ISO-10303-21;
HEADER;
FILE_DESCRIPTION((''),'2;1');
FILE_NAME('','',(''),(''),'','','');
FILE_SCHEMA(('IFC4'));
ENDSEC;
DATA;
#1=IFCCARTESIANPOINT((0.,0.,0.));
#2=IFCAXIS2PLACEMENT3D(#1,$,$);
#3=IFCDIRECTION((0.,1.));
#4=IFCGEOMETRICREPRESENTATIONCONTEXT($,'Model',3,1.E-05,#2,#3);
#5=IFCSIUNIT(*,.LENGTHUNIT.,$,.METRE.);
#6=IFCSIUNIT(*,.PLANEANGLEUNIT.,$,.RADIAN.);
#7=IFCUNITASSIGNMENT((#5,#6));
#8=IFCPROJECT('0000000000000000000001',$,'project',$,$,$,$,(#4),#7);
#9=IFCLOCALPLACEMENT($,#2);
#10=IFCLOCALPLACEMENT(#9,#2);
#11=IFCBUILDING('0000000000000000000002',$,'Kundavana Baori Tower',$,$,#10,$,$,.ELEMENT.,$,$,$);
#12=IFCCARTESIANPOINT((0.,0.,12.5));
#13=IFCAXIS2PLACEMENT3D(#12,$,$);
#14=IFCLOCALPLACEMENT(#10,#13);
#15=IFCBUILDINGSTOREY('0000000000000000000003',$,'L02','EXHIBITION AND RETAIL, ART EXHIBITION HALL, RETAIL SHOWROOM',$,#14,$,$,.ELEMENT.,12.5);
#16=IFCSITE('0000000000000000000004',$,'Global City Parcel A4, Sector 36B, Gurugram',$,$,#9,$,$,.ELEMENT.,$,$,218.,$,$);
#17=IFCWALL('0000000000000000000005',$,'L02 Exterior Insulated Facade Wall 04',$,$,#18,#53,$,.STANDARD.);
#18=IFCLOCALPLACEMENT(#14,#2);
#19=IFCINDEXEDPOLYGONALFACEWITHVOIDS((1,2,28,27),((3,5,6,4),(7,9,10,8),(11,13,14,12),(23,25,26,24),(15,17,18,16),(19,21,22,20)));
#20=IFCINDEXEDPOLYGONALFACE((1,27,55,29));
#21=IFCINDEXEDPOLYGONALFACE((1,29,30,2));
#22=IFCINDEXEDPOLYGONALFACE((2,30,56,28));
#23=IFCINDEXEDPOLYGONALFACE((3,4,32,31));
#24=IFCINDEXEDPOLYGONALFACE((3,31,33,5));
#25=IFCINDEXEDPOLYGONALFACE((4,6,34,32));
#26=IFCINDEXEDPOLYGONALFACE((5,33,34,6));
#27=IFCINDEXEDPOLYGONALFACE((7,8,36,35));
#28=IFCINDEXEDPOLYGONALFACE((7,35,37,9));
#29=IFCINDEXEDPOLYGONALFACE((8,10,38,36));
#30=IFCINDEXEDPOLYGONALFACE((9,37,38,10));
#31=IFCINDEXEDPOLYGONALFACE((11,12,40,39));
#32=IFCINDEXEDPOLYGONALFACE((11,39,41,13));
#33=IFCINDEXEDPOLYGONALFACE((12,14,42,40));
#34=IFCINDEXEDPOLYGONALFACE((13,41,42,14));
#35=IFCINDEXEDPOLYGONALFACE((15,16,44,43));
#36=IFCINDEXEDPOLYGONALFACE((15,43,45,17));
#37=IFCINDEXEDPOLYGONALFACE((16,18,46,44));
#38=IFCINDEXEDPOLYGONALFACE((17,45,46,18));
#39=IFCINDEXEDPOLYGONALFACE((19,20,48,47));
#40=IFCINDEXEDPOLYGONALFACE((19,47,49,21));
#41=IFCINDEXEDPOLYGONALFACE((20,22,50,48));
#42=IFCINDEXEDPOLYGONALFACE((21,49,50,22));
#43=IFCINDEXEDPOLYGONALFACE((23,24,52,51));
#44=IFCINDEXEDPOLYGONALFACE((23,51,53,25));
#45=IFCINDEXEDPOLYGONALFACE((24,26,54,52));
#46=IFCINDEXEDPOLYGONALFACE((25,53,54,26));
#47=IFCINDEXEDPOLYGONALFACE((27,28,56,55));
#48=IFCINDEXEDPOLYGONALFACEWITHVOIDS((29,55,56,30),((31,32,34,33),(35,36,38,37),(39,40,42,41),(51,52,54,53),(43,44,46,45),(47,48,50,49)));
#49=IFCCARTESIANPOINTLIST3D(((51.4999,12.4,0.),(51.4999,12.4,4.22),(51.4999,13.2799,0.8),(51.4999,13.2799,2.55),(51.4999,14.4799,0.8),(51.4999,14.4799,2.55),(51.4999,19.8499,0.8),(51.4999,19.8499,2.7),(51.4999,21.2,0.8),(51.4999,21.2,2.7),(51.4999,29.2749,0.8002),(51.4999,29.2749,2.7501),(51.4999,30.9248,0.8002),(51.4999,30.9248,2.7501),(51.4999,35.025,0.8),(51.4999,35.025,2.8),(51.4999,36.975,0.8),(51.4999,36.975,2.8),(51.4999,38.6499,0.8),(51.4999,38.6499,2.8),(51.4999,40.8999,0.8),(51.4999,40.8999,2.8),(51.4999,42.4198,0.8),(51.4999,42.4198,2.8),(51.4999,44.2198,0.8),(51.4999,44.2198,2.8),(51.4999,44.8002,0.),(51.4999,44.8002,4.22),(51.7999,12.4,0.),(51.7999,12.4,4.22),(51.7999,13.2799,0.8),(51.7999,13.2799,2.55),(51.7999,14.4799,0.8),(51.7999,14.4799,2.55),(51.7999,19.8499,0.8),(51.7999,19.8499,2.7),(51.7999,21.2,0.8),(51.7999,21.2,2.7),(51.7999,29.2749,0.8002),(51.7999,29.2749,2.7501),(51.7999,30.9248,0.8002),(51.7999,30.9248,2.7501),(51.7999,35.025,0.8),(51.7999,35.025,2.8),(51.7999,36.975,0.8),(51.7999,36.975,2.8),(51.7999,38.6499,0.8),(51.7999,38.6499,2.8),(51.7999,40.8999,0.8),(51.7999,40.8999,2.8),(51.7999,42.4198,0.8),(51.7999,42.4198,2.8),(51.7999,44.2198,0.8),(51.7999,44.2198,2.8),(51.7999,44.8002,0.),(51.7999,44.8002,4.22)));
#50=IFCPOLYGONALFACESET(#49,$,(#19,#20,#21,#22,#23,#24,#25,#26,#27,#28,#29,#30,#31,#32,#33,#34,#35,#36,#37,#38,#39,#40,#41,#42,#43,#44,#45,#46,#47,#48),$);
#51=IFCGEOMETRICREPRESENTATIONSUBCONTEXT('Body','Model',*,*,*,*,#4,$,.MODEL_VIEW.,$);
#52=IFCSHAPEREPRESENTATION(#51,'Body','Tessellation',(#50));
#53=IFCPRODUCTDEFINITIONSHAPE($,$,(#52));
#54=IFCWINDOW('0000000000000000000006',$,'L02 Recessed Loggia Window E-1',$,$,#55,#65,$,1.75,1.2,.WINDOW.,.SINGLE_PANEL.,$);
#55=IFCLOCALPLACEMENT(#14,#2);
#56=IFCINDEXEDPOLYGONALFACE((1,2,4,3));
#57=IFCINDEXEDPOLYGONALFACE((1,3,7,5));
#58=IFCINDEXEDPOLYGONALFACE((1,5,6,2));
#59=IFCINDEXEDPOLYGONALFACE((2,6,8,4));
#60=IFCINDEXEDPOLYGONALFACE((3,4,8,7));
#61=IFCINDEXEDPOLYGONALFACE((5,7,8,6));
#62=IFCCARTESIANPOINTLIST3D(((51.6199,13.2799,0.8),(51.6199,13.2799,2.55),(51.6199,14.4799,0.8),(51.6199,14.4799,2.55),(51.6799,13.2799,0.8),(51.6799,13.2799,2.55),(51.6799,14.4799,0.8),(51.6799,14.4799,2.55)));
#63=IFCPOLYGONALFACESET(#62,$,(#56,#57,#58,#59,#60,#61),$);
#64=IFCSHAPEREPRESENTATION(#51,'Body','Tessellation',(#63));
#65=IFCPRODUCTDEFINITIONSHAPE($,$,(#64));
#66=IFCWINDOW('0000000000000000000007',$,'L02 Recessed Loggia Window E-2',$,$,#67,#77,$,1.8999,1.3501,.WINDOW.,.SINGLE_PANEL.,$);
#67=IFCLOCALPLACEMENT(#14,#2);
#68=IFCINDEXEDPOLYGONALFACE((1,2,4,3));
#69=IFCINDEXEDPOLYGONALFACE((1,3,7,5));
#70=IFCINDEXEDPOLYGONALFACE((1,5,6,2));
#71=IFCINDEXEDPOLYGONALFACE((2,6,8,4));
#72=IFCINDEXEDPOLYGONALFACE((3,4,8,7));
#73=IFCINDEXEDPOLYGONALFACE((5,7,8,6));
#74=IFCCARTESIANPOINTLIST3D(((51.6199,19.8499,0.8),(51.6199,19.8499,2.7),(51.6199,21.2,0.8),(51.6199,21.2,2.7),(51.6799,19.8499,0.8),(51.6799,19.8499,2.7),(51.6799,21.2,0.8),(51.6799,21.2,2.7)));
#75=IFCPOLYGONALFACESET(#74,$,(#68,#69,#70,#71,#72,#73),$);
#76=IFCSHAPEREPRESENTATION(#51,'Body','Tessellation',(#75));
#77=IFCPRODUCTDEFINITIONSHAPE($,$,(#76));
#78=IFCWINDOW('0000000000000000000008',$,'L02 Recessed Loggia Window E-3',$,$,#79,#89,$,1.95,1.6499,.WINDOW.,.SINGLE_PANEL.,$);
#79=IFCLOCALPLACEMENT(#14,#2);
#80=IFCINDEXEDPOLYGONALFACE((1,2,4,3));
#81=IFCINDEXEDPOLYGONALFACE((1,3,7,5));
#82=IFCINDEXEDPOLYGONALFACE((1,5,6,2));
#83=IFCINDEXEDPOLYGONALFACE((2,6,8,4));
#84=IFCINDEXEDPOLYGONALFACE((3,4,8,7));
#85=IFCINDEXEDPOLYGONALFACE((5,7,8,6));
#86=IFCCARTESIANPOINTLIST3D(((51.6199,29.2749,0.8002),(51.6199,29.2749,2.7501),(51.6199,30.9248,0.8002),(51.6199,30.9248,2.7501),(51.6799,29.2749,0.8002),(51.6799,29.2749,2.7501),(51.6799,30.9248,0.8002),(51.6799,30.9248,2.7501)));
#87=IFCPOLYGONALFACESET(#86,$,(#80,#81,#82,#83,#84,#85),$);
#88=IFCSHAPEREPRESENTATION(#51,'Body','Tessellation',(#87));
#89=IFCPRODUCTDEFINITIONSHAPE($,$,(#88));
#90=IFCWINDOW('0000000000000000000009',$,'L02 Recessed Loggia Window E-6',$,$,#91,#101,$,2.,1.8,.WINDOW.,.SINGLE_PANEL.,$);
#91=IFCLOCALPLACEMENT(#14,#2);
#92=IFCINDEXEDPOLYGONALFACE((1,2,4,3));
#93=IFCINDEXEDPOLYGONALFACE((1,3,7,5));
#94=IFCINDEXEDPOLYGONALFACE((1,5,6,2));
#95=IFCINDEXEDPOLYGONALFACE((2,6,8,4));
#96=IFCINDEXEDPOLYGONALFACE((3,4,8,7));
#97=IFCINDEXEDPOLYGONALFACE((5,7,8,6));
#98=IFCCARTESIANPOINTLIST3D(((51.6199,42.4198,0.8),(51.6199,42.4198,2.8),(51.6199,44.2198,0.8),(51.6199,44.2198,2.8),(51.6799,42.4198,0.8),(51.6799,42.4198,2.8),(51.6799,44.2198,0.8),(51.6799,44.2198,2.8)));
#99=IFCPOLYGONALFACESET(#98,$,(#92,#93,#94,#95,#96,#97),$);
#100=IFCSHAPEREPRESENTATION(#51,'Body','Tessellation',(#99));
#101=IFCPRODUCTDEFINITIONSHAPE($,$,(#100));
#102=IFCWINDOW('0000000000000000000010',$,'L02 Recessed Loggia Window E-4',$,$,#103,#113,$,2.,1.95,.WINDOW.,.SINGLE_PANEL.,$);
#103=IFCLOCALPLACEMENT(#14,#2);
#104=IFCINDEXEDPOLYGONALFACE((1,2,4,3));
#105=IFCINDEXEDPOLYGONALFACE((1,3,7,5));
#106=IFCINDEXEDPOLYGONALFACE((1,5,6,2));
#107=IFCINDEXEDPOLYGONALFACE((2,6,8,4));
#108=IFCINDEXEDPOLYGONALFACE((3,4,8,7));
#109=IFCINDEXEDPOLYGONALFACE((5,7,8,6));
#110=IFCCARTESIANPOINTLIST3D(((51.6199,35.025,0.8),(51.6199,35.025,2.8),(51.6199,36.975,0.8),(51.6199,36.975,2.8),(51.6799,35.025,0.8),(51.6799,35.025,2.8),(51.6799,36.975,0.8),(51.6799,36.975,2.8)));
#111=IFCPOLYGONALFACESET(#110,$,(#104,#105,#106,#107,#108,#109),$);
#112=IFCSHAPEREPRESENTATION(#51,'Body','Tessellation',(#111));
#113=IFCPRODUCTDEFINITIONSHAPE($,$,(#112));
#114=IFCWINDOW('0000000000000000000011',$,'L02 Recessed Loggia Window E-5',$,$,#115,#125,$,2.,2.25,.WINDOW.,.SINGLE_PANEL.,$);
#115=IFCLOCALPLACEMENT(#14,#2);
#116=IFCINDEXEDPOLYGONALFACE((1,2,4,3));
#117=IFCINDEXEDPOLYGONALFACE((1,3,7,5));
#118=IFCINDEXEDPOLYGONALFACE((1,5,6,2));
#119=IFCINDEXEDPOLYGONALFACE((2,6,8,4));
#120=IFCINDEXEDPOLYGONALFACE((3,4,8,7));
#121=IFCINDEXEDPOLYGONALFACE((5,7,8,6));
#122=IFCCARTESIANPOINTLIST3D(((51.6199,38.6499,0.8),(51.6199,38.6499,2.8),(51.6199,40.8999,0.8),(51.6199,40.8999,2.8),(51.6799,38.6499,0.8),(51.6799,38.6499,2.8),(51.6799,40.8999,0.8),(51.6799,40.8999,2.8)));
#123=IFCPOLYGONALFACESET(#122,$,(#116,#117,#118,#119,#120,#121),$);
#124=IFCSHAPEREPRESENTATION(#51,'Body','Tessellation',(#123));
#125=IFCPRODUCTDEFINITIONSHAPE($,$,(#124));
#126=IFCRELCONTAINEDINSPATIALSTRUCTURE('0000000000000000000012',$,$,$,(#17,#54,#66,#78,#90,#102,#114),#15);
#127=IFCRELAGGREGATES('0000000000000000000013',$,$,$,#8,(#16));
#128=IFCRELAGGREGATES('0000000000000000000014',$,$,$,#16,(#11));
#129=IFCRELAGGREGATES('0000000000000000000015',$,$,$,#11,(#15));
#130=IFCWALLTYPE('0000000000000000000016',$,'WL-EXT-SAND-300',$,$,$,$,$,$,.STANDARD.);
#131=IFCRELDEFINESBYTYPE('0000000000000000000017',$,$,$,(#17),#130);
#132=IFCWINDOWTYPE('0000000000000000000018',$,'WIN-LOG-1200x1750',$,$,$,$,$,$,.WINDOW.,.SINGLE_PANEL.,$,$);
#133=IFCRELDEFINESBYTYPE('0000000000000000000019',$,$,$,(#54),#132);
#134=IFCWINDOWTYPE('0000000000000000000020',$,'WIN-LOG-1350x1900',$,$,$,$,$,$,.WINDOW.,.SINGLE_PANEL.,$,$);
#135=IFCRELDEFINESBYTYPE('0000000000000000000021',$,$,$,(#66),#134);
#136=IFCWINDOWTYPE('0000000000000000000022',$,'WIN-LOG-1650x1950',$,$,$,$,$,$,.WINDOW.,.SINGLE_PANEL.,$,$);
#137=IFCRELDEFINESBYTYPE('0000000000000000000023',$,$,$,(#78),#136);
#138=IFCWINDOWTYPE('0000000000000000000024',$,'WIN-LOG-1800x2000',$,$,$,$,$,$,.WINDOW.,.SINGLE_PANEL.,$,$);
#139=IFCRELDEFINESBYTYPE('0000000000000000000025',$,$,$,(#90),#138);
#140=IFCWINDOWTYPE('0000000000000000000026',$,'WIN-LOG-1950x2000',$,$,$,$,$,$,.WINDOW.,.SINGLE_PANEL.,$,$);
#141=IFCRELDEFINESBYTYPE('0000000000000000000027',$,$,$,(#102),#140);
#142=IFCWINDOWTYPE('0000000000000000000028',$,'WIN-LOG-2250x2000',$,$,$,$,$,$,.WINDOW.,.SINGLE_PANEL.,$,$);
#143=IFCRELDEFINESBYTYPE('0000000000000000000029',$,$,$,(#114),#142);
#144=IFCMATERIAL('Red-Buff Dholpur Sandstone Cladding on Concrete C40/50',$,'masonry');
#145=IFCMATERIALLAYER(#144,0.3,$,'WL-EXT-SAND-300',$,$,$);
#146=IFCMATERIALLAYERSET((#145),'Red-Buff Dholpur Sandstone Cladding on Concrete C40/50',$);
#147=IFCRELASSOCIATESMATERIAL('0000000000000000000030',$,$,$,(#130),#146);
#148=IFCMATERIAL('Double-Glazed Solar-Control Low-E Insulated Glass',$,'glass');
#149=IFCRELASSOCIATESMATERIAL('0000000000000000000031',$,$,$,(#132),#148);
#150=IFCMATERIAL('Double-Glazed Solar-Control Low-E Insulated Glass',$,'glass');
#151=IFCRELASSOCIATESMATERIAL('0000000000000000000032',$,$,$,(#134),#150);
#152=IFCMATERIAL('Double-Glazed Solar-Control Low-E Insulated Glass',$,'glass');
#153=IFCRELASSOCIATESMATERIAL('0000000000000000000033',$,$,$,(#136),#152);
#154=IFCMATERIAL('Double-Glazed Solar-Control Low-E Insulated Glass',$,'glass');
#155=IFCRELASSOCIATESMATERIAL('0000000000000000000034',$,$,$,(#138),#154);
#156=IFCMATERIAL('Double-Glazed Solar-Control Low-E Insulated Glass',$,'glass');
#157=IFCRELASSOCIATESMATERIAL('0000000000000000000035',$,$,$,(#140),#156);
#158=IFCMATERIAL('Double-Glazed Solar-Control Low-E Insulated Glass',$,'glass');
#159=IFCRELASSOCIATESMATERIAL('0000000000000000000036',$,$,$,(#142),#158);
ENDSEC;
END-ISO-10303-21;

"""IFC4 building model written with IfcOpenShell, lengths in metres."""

from ifc_helpers import new_model, si_unit, direction, frame, frame_2d, origin, place, context, subcontext, project, spatial, rectangle, extrude, material, layer, layer_set, type_object, element, fill, save


model = new_model("IFC4")

# Units and contexts
model_context = context("Model", 3, precision=1e-05, world=origin(), true_north=direction((0.0, 1.0)))
body_context = subcontext(model_context, "Body", "Model", "MODEL_VIEW")
ifc_project = project(units=[si_unit("LENGTHUNIT", "METRE"), si_unit("PLANEANGLEUNIT", "RADIAN")], contexts=[model_context])

# Site, building, storey
site_placement = place(None, origin())
site = spatial("IfcSite", under=ifc_project, at=site_placement, Name="Global City Parcel A4, Sector 36B, Gurugram", CompositionType="ELEMENT", RefElevation=218.0)
building_placement = place(site_placement, origin())
building = spatial("IfcBuilding", under=site, at=building_placement, Name="Kundavana Baori Tower", CompositionType="ELEMENT")
storey_placement = place(building_placement, frame((0.0, 0.0, 12.5)))
storey = spatial("IfcBuildingStorey", under=building, at=storey_placement, Name="L02", Description="EXHIBITION AND RETAIL, ART EXHIBITION HALL, RETAIL SHOWROOM", CompositionType="ELEMENT", Elevation=12.5)

# Shared definitions
ifc_material_1 = material(Name="Red-Buff Dholpur Sandstone Cladding on Concrete C40/50", Category="masonry")
ifc_layer_1 = layer(ifc_material_1, 0.3, Name="WL-EXT-SAND-300")
ifc_layer_set_1 = layer_set([ifc_layer_1], Name="Red-Buff Dholpur Sandstone Cladding on Concrete C40/50")
wall_type_1 = type_object("IfcWallType", Name="WL-EXT-SAND-300", PredefinedType="STANDARD", material=ifc_layer_set_1)

# Wall, openings, windows
wall_1_placement = place(storey_placement, frame((51.6499, 12.3999, 0.0), z_axis=(0.0, 0.0, 1.0), x_axis=(0.0, 1.0, 0.0)))
wall_1 = element("IfcWall", 1, at=wall_1_placement, inside=storey, type_object=wall_type_1, Name="L02 Exterior Insulated Facade Wall 04", PredefinedType="STANDARD", context=body_context, shape_type="SweptSolid", body=[
    extrude(rectangle(XDim=32.4001, YDim=0.3, at=frame_2d((16.2002, 0.0))), origin(), (0.0, 0.0, 1.0), 4.22),
])
opening_1_placement = place(wall_1_placement, frame((0.8799, 0.0, 0.8)))
opening_1 = element("IfcOpeningElement", 2, at=opening_1_placement, cuts=wall_1, PredefinedType="OPENING", context=body_context, shape_type="SweptSolid", body=[
    extrude(rectangle(XDim=1.2, YDim=1.75, at=frame_2d((0.6001, 0.875))), frame((0.0, 0.1602, 0.0), z_axis=(0.0, -1.0, 0.0), x_axis=(1.0, 0.0, 0.0)), (0.0, 0.0, 1.0), 0.3201),
])
opening_2_placement = place(wall_1_placement, frame((7.45, 0.0, 0.8)))
opening_2 = element("IfcOpeningElement", 3, at=opening_2_placement, cuts=wall_1, PredefinedType="OPENING", context=body_context, shape_type="SweptSolid", body=[
    extrude(rectangle(XDim=1.3501, YDim=1.8999, at=frame_2d((0.675, 0.95))), frame((0.0, 0.1602, 0.0), z_axis=(0.0, -1.0, 0.0), x_axis=(1.0, 0.0, 0.0)), (0.0, 0.0, 1.0), 0.3201),
])
opening_3_placement = place(wall_1_placement, frame((16.875, 0.0, 0.8)))
opening_3 = element("IfcOpeningElement", 4, at=opening_3_placement, cuts=wall_1, PredefinedType="OPENING", context=body_context, shape_type="SweptSolid", body=[
    extrude(rectangle(XDim=1.6499, YDim=1.95, at=frame_2d((0.825, 0.9751))), frame((0.0, 0.1602, 0.0), z_axis=(0.0, -1.0, 0.0), x_axis=(1.0, 0.0, 0.0)), (0.0, 0.0, 1.0), 0.3201),
])
opening_4_placement = place(wall_1_placement, frame((22.625, 0.0, 0.8)))
opening_4 = element("IfcOpeningElement", 5, at=opening_4_placement, cuts=wall_1, PredefinedType="OPENING", context=body_context, shape_type="SweptSolid", body=[
    extrude(rectangle(XDim=1.95, YDim=2.0, at=frame_2d((0.9751, 1.0))), frame((0.0, 0.1602, 0.0), z_axis=(0.0, -1.0, 0.0), x_axis=(1.0, 0.0, 0.0)), (0.0, 0.0, 1.0), 0.3201),
])
opening_5_placement = place(wall_1_placement, frame((26.25, 0.0, 0.8)))
opening_5 = element("IfcOpeningElement", 6, at=opening_5_placement, cuts=wall_1, PredefinedType="OPENING", context=body_context, shape_type="SweptSolid", body=[
    extrude(rectangle(XDim=2.25, YDim=2.0, at=frame_2d((1.125, 1.0))), frame((0.0, 0.1602, 0.0), z_axis=(0.0, -1.0, 0.0), x_axis=(1.0, 0.0, 0.0)), (0.0, 0.0, 1.0), 0.3201),
])
opening_6_placement = place(wall_1_placement, frame((30.02, 0.0, 0.8)))
opening_6 = element("IfcOpeningElement", 7, at=opening_6_placement, cuts=wall_1, PredefinedType="OPENING", context=body_context, shape_type="SweptSolid", body=[
    extrude(rectangle(XDim=1.8, YDim=2.0, at=frame_2d((0.8999, 1.0))), frame((0.0, 0.1602, 0.0), z_axis=(0.0, -1.0, 0.0), x_axis=(1.0, 0.0, 0.0)), (0.0, 0.0, 1.0), 0.3201),
])
ifc_material_2 = material(Name="Double-Glazed Solar-Control Low-E Insulated Glass", Category="glass")
window_type_1 = type_object("IfcWindowType", Name="WIN-LOG-1200x1750", PartitioningType="SINGLE_PANEL", PredefinedType="WINDOW", material=ifc_material_2)
window_1_placement = place(opening_1_placement, origin())
window_1 = element("IfcWindow", 8, at=window_1_placement, inside=storey, type_object=window_type_1, Name="L02 Recessed Loggia Window E-1", OverallHeight=1.75, OverallWidth=1.2, PartitioningType="SINGLE_PANEL", PredefinedType="WINDOW", context=body_context, shape_type="SweptSolid", body=[
    extrude(rectangle(XDim=1.2, YDim=1.75, at=frame_2d((0.6001, 0.875))), frame((0.0, 0.03, 0.0), z_axis=(0.0, -1.0, 0.0), x_axis=(1.0, 0.0, 0.0)), (0.0, 0.0, 1.0), 0.0601),
])
fill(opening_1, window_1)
ifc_material_3 = material(Name="Double-Glazed Solar-Control Low-E Insulated Glass", Category="glass")
window_type_2 = type_object("IfcWindowType", Name="WIN-LOG-1350x1900", PartitioningType="SINGLE_PANEL", PredefinedType="WINDOW", material=ifc_material_3)
window_2_placement = place(opening_2_placement, origin())
window_2 = element("IfcWindow", 9, at=window_2_placement, inside=storey, type_object=window_type_2, Name="L02 Recessed Loggia Window E-2", OverallHeight=1.8999, OverallWidth=1.3501, PartitioningType="SINGLE_PANEL", PredefinedType="WINDOW", context=body_context, shape_type="SweptSolid", body=[
    extrude(rectangle(XDim=1.3501, YDim=1.8999, at=frame_2d((0.675, 0.95))), frame((0.0, 0.03, 0.0), z_axis=(0.0, -1.0, 0.0), x_axis=(1.0, 0.0, 0.0)), (0.0, 0.0, 1.0), 0.0601),
])
fill(opening_2, window_2)
ifc_material_4 = material(Name="Double-Glazed Solar-Control Low-E Insulated Glass", Category="glass")
window_type_3 = type_object("IfcWindowType", Name="WIN-LOG-1650x1950", PartitioningType="SINGLE_PANEL", PredefinedType="WINDOW", material=ifc_material_4)
window_3_placement = place(opening_3_placement, origin())
window_3 = element("IfcWindow", 10, at=window_3_placement, inside=storey, type_object=window_type_3, Name="L02 Recessed Loggia Window E-3", OverallHeight=1.95, OverallWidth=1.6499, PartitioningType="SINGLE_PANEL", PredefinedType="WINDOW", context=body_context, shape_type="SweptSolid", body=[
    extrude(rectangle(XDim=1.6499, YDim=1.95, at=frame_2d((0.825, 0.9751))), frame((0.0, 0.03, 0.0), z_axis=(0.0, -1.0, 0.0), x_axis=(1.0, 0.0, 0.0)), (0.0, 0.0, 1.0), 0.0601),
])
fill(opening_3, window_3)
ifc_material_5 = material(Name="Double-Glazed Solar-Control Low-E Insulated Glass", Category="glass")
window_type_4 = type_object("IfcWindowType", Name="WIN-LOG-1800x2000", PartitioningType="SINGLE_PANEL", PredefinedType="WINDOW", material=ifc_material_5)
window_4_placement = place(opening_6_placement, origin())
window_4 = element("IfcWindow", 11, at=window_4_placement, inside=storey, type_object=window_type_4, Name="L02 Recessed Loggia Window E-6", OverallHeight=2.0, OverallWidth=1.8, PartitioningType="SINGLE_PANEL", PredefinedType="WINDOW", context=body_context, shape_type="SweptSolid", body=[
    extrude(rectangle(XDim=1.8, YDim=2.0, at=frame_2d((0.8999, 1.0))), frame((0.0, 0.03, 0.0), z_axis=(0.0, -1.0, 0.0), x_axis=(1.0, 0.0, 0.0)), (0.0, 0.0, 1.0), 0.0601),
])
fill(opening_6, window_4)
ifc_material_6 = material(Name="Double-Glazed Solar-Control Low-E Insulated Glass", Category="glass")
window_type_5 = type_object("IfcWindowType", Name="WIN-LOG-1950x2000", PartitioningType="SINGLE_PANEL", PredefinedType="WINDOW", material=ifc_material_6)
window_5_placement = place(opening_4_placement, origin())
window_5 = element("IfcWindow", 12, at=window_5_placement, inside=storey, type_object=window_type_5, Name="L02 Recessed Loggia Window E-4", OverallHeight=2.0, OverallWidth=1.95, PartitioningType="SINGLE_PANEL", PredefinedType="WINDOW", context=body_context, shape_type="SweptSolid", body=[
    extrude(rectangle(XDim=1.95, YDim=2.0, at=frame_2d((0.9751, 1.0))), frame((0.0, 0.03, 0.0), z_axis=(0.0, -1.0, 0.0), x_axis=(1.0, 0.0, 0.0)), (0.0, 0.0, 1.0), 0.0601),
])
fill(opening_4, window_5)
ifc_material_7 = material(Name="Double-Glazed Solar-Control Low-E Insulated Glass", Category="glass")
window_type_6 = type_object("IfcWindowType", Name="WIN-LOG-2250x2000", PartitioningType="SINGLE_PANEL", PredefinedType="WINDOW", material=ifc_material_7)
window_6_placement = place(opening_5_placement, origin())
window_6 = element("IfcWindow", 13, at=window_6_placement, inside=storey, type_object=window_type_6, Name="L02 Recessed Loggia Window E-5", OverallHeight=2.0, OverallWidth=2.25, PartitioningType="SINGLE_PANEL", PredefinedType="WINDOW", context=body_context, shape_type="SweptSolid", body=[
    extrude(rectangle(XDim=2.25, YDim=2.0, at=frame_2d((1.125, 1.0))), frame((0.0, 0.03, 0.0), z_axis=(0.0, -1.0, 0.0), x_axis=(1.0, 0.0, 0.0)), (0.0, 0.0, 1.0), 0.0601),
])
fill(opening_5, window_6)

save(model, "model.ifc")
